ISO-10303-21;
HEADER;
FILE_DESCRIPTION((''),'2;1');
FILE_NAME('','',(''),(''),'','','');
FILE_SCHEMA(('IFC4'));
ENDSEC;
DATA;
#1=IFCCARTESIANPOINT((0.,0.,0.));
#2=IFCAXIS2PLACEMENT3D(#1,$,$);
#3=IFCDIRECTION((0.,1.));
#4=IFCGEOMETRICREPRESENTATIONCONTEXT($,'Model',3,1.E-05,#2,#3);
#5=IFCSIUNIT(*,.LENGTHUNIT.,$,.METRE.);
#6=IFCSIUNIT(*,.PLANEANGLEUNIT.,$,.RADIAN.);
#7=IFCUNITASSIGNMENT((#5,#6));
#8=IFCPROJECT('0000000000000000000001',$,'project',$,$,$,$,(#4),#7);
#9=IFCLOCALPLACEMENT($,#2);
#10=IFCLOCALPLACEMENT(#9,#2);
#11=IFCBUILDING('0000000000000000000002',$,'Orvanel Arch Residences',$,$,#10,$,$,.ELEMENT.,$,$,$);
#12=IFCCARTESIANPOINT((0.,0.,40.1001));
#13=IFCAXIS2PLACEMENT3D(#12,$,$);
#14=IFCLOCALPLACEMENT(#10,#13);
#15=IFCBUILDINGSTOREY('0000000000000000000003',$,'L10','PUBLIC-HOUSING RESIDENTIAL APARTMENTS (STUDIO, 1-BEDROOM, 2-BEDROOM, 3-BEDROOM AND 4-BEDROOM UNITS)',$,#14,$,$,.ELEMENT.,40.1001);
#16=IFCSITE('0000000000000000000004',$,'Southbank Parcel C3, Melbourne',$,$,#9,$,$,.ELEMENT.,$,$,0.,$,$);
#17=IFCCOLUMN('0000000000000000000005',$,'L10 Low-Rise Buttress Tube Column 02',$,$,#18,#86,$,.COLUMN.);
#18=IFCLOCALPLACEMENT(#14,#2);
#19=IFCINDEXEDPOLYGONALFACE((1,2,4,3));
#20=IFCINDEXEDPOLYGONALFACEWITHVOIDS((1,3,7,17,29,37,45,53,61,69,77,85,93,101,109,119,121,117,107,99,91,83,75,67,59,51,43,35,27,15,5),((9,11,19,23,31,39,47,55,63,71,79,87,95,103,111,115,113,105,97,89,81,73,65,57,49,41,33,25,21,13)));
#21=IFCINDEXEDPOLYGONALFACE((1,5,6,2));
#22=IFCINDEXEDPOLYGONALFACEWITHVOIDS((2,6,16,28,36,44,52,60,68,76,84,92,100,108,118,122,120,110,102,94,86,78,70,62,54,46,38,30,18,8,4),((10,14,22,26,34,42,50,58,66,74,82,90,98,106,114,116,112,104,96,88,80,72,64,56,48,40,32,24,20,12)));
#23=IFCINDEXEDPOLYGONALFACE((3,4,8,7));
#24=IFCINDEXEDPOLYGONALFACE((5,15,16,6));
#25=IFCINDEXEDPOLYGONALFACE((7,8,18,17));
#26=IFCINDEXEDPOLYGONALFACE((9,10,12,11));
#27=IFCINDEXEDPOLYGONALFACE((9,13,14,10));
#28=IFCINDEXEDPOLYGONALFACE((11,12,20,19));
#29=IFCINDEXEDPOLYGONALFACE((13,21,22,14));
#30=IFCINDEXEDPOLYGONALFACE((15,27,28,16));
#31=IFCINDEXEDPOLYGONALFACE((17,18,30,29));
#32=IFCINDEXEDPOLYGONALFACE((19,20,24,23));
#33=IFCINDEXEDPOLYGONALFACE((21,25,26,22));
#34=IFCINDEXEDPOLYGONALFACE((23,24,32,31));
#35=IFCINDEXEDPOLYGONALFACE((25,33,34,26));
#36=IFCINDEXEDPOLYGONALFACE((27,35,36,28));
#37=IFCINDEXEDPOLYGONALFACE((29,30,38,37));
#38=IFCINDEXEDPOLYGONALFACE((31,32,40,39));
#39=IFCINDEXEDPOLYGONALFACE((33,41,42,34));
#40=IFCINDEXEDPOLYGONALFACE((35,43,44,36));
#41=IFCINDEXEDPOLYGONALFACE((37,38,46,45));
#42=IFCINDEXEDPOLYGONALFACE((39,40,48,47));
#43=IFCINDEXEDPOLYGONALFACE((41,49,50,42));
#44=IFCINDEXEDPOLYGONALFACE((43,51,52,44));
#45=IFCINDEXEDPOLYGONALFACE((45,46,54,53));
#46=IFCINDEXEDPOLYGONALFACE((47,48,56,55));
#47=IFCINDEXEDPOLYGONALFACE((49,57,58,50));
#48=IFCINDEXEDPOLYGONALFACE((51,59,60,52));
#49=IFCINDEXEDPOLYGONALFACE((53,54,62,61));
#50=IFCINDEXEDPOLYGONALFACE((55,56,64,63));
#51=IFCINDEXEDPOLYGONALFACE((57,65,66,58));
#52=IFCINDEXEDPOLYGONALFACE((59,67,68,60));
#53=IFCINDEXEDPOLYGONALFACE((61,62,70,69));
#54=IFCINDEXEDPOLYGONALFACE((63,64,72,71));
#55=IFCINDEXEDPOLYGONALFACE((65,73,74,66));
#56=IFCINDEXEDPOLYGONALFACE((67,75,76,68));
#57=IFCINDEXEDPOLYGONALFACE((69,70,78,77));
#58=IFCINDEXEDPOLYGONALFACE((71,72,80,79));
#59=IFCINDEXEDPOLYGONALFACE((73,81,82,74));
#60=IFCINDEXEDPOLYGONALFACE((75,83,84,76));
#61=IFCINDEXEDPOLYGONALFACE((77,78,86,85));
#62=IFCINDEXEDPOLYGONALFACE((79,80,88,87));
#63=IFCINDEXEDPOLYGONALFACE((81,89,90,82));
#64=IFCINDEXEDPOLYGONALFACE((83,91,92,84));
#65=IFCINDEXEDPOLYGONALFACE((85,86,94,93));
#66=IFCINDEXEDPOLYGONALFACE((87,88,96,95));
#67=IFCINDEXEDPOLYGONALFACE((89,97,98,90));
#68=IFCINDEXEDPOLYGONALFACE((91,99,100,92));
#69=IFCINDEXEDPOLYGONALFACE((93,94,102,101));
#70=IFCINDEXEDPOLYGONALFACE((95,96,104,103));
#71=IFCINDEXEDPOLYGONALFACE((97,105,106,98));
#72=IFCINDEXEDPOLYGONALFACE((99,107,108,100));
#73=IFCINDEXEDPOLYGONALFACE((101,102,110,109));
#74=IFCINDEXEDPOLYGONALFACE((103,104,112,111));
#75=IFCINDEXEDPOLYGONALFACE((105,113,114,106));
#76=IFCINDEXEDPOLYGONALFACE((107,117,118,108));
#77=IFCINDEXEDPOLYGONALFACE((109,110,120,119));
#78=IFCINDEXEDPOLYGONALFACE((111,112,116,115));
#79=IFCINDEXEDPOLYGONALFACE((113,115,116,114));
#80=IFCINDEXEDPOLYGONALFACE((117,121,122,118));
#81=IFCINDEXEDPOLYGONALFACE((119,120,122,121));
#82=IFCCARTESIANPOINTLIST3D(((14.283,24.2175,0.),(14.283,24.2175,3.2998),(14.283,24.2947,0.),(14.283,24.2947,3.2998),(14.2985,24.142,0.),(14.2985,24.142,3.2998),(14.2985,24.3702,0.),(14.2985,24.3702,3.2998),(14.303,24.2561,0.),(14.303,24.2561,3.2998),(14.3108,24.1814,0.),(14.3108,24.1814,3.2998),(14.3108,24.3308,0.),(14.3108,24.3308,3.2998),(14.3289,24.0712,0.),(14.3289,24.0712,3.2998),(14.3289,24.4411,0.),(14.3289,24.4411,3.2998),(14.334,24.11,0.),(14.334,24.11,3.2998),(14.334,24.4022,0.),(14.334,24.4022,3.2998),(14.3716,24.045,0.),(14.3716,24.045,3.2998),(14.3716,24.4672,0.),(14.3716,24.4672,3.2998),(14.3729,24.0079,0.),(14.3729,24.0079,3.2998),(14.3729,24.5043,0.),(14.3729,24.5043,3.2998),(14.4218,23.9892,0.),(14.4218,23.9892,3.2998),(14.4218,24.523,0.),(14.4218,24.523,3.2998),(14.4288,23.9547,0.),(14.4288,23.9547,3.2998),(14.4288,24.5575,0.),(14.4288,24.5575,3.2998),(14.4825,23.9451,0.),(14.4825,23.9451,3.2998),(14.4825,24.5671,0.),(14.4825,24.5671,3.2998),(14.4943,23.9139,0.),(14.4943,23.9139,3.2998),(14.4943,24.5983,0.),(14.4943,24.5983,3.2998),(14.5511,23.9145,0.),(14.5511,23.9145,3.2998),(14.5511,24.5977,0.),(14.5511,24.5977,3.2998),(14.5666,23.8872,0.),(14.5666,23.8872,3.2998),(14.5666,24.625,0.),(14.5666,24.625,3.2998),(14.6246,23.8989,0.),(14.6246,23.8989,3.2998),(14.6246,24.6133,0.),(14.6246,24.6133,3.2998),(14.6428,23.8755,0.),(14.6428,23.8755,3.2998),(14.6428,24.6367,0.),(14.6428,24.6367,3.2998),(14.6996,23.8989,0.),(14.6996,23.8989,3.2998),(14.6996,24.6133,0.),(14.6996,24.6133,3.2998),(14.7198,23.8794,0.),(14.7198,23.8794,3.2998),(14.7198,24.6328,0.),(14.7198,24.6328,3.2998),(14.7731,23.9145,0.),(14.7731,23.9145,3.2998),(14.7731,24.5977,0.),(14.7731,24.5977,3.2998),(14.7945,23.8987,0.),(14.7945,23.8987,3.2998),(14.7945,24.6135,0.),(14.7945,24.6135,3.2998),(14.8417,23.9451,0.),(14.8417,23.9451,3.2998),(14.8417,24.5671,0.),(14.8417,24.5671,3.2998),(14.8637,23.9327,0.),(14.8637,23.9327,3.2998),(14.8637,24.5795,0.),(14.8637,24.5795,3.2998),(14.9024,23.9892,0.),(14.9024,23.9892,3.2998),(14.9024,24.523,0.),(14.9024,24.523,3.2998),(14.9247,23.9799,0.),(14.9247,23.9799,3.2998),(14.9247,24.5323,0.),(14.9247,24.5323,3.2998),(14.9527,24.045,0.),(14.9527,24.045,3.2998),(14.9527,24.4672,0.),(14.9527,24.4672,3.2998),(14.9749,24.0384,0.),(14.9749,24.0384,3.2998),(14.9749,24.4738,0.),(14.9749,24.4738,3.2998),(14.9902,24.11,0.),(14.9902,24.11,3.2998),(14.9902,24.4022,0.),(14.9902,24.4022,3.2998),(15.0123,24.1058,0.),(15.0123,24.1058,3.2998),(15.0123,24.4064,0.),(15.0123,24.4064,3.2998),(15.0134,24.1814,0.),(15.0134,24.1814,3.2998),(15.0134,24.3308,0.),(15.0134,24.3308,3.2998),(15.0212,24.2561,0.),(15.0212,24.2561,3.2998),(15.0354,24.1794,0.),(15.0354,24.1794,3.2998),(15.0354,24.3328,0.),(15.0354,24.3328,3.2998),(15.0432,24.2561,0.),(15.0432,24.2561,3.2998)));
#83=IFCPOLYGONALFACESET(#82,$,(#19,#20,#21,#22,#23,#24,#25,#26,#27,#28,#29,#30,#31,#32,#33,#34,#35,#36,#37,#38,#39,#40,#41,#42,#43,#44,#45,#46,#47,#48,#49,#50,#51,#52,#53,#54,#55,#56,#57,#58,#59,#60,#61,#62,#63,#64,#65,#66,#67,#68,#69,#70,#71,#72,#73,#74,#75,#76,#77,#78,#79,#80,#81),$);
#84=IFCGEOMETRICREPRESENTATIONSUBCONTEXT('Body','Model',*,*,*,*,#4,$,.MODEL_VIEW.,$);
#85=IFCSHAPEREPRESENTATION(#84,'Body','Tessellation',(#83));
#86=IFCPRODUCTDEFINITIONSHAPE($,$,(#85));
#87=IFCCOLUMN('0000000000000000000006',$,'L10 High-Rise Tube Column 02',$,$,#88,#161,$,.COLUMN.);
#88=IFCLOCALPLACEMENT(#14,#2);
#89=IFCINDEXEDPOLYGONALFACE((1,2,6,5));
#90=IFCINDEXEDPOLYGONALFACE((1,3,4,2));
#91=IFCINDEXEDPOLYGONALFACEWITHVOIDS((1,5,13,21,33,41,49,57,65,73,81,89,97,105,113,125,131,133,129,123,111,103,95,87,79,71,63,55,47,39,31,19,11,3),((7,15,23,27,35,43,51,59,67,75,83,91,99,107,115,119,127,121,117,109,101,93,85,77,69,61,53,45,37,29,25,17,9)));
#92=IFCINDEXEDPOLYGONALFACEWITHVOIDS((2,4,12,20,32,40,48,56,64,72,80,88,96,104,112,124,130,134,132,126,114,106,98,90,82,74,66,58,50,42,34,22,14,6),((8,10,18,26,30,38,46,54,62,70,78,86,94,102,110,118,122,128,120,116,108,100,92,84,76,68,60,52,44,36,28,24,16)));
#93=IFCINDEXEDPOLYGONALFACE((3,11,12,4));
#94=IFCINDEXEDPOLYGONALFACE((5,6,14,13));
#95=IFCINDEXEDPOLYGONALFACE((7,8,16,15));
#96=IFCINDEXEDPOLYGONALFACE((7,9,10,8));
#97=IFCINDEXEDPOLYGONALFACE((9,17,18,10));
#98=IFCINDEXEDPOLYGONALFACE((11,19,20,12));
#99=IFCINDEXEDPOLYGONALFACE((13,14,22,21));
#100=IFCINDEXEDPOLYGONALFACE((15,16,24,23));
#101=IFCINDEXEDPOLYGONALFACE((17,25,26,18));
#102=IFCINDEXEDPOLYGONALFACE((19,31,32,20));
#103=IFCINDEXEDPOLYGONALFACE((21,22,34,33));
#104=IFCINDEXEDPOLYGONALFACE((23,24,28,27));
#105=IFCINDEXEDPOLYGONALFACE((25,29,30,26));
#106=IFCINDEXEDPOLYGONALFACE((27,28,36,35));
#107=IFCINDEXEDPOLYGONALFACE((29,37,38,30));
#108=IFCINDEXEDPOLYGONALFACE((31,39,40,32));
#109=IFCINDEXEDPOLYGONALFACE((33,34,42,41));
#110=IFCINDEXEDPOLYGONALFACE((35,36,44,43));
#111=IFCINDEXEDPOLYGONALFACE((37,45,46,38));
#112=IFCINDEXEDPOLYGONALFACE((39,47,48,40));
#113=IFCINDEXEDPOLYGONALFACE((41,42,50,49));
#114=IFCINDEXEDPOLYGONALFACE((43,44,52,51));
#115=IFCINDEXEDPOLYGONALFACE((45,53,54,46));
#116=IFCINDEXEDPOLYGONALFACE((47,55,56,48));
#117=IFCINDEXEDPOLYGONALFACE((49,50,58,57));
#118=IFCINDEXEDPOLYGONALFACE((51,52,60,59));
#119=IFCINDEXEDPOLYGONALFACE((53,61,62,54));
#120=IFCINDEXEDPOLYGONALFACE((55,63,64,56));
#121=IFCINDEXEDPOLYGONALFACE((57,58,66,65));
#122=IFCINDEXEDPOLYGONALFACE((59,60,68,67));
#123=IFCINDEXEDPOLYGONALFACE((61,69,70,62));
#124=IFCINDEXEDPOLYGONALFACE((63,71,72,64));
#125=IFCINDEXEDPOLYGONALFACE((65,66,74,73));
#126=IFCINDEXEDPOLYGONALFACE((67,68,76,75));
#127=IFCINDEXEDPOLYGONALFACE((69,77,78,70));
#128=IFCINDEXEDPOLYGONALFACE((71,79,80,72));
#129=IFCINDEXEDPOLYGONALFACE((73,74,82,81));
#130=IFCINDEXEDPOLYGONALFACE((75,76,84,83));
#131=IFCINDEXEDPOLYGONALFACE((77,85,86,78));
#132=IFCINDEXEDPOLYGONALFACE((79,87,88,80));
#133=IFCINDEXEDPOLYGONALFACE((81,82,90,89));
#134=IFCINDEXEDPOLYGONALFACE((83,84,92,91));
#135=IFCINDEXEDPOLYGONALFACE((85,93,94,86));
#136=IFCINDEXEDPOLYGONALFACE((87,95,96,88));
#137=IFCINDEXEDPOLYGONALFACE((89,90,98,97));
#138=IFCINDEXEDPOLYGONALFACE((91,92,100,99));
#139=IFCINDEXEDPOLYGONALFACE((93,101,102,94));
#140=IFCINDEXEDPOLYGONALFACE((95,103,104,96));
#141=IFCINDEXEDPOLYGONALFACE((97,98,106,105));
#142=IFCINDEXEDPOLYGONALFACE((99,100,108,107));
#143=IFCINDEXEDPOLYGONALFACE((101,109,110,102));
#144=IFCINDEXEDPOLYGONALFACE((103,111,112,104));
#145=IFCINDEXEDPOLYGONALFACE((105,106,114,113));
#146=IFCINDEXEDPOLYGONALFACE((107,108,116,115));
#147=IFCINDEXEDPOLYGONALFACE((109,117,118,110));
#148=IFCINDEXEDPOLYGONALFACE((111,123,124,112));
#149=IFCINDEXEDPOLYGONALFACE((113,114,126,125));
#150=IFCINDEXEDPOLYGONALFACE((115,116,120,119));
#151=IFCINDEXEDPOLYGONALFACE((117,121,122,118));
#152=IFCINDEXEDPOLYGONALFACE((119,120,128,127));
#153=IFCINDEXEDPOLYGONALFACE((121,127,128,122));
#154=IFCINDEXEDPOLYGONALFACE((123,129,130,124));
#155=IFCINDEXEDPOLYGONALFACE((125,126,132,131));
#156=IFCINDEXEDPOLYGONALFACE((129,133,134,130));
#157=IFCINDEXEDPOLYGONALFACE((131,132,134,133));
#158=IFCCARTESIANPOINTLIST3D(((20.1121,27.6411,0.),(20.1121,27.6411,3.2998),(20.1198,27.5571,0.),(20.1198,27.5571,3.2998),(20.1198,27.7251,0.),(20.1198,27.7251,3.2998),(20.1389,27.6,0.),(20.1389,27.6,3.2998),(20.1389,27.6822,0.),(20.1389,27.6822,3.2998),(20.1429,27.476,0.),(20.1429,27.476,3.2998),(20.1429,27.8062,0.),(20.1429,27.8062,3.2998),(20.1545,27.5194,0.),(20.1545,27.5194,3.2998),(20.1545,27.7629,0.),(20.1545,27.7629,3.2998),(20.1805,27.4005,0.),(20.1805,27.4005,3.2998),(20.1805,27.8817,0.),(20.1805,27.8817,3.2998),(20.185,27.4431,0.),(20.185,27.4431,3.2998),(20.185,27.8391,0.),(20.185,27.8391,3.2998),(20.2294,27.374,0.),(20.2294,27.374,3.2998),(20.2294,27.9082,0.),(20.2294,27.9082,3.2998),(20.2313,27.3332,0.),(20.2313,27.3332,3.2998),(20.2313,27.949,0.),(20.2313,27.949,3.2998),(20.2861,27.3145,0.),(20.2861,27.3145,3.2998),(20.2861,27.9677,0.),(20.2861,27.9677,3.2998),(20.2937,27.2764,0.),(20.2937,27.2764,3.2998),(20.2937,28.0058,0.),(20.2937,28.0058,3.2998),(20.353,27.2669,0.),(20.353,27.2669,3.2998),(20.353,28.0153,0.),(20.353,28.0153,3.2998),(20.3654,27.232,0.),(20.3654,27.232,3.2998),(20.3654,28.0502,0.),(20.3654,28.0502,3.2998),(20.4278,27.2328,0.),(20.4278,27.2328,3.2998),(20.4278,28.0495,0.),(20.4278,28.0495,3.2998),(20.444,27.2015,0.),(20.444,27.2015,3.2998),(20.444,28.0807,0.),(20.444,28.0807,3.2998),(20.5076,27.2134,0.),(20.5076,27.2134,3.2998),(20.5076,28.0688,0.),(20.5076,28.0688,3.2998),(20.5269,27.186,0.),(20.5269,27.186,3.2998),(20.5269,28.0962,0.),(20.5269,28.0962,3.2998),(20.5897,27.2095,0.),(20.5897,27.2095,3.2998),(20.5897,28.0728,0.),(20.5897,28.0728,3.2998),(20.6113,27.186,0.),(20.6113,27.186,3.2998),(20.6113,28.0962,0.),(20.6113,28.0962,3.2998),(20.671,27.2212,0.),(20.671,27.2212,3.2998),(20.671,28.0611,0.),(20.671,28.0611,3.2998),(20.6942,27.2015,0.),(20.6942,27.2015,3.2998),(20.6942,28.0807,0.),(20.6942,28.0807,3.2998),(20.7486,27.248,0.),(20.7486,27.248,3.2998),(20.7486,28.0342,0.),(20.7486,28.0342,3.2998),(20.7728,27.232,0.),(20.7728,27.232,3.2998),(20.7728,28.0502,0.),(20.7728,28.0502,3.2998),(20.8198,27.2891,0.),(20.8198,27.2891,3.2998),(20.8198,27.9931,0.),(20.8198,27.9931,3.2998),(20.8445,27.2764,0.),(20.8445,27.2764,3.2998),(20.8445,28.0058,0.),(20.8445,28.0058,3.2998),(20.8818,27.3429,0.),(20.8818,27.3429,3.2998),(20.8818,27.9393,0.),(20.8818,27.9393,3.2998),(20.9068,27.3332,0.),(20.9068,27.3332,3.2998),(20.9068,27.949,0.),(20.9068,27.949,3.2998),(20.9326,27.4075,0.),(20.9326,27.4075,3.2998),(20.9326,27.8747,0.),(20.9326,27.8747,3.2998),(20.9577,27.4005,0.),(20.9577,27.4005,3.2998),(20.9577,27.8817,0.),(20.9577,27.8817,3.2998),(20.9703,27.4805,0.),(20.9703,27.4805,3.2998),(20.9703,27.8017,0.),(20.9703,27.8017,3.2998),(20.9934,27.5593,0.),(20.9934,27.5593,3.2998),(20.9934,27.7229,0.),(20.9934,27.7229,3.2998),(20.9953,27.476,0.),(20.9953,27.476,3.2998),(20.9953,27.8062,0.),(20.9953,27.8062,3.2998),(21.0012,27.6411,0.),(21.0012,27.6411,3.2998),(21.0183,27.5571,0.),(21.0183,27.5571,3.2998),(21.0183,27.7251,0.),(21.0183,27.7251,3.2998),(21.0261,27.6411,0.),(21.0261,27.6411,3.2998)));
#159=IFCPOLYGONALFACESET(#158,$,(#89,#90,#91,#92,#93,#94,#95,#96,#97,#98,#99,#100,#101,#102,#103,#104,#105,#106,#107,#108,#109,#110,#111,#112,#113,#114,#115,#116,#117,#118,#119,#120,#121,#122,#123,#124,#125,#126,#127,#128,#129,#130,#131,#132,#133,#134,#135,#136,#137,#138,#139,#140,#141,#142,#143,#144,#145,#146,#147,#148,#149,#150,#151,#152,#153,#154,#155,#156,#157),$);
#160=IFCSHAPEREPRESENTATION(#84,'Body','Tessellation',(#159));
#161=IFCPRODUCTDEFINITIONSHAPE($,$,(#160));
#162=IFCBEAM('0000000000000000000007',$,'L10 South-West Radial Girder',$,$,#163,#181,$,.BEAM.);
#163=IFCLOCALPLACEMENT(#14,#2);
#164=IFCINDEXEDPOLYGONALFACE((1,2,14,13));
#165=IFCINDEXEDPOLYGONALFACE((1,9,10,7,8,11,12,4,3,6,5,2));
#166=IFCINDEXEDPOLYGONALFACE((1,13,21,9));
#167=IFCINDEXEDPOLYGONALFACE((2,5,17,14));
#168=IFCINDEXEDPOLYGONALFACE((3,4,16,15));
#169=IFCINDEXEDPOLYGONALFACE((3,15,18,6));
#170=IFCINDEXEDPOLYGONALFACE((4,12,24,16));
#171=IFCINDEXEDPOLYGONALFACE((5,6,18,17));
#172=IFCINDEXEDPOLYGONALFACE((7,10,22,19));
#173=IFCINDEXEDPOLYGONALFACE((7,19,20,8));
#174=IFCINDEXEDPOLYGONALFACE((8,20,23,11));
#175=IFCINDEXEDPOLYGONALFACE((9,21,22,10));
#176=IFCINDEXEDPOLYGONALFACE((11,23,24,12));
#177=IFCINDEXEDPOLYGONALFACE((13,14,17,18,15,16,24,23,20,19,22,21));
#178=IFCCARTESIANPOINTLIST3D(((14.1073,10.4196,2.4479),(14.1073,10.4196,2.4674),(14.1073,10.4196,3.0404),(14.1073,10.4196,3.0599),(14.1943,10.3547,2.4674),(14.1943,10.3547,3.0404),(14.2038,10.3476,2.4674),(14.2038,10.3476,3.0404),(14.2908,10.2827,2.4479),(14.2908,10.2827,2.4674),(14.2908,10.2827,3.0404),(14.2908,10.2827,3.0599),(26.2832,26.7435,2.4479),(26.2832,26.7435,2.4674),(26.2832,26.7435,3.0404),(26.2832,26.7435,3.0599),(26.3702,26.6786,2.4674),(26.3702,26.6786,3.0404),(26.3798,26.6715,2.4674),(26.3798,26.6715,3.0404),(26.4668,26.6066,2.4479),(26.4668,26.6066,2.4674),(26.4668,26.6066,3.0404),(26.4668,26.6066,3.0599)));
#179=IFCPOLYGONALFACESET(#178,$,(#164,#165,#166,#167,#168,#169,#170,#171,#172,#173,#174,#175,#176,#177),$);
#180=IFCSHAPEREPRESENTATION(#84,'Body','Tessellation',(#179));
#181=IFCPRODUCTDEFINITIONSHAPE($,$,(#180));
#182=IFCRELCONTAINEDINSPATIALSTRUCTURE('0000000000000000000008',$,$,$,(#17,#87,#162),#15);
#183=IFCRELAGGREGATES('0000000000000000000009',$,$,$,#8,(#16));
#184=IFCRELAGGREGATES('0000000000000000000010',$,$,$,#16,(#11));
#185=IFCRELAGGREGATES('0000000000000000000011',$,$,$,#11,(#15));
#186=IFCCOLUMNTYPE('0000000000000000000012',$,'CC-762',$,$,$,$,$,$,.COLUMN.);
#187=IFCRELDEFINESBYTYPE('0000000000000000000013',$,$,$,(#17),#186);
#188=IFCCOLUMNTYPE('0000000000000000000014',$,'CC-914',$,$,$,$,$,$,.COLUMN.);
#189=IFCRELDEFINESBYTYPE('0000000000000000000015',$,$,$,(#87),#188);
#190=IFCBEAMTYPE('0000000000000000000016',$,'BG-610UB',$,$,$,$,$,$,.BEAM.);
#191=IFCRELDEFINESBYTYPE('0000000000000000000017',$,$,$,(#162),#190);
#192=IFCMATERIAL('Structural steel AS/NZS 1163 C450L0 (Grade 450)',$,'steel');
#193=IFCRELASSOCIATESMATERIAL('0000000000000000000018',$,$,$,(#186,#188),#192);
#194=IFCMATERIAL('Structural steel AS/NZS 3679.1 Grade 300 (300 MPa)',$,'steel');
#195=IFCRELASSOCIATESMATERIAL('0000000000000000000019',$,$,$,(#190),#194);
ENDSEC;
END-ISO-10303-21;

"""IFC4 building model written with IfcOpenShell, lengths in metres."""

from ifc_helpers import new_model, si_unit, direction, frame, origin, origin_2d, place, context, subcontext, project, spatial, hollow_circle, i_section, extrude, material, material_profile, profile_set, type_object, element, save


model = new_model("IFC4")

# Units and contexts
model_context = context("Model", 3, precision=1e-05, world=origin(), true_north=direction((0.0, 1.0)))
body_context = subcontext(model_context, "Body", "Model", "MODEL_VIEW")
ifc_project = project(units=[si_unit("LENGTHUNIT", "METRE"), si_unit("PLANEANGLEUNIT", "RADIAN")], contexts=[model_context])

# Site, building, storey
site_placement = place(None, origin())
site = spatial("IfcSite", under=ifc_project, at=site_placement, Name="Southbank Parcel C3, Melbourne", CompositionType="ELEMENT", RefElevation=0.0)
building_placement = place(site_placement, origin())
building = spatial("IfcBuilding", under=site, at=building_placement, Name="Orvanel Arch Residences", CompositionType="ELEMENT")
storey_placement = place(building_placement, frame((0.0, 0.0, 40.1001)))
storey = spatial("IfcBuildingStorey", under=building, at=storey_placement, Name="L10", Description="PUBLIC-HOUSING RESIDENTIAL APARTMENTS (STUDIO, 1-BEDROOM, 2-BEDROOM, 3-BEDROOM AND 4-BEDROOM UNITS)", CompositionType="ELEMENT", Elevation=40.1001)

# Columns
ifc_material_1 = material(Name="Structural steel AS/NZS 1163 C450L0 (Grade 450)", Category="steel")
ifc_material_profile_1 = material_profile(ifc_material_1, hollow_circle(Radius=0.3811, WallThickness=0.022, at=origin_2d()), Name="CHS762x22")
ifc_profile_set_1 = profile_set([ifc_material_profile_1], Name="Structural steel AS/NZS 1163 C450L0 (Grade 450)")
column_type_1 = type_object("IfcColumnType", Name="CC-762", PredefinedType="COLUMN", material=ifc_profile_set_1)
column_1_placement = place(storey_placement, frame((14.6621, 24.2561, 0.0), z_axis=(0.0, 0.0, 1.0), x_axis=(1.0, 0.0, 0.0)))
element("IfcColumn", 1, at=column_1_placement, inside=storey, type_object=column_type_1, Name="L10 Low-Rise Buttress Tube Column 02", PredefinedType="COLUMN", context=body_context, shape_type="SweptSolid", body=[
    extrude(hollow_circle(Radius=0.3811, WallThickness=0.022, at=origin_2d()), origin(), (0.0, 0.0, 1.0), 3.2998),
])
ifc_material_profile_2 = material_profile(ifc_material_1, hollow_circle(Radius=0.457, WallThickness=0.0249, at=origin_2d()), Name="CHS914x25")
ifc_profile_set_2 = profile_set([ifc_material_profile_2], Name="Structural steel AS/NZS 1163 C450L0 (Grade 450)")
column_type_2 = type_object("IfcColumnType", Name="CC-914", PredefinedType="COLUMN", material=ifc_profile_set_2)
column_2_placement = place(storey_placement, frame((20.5691, 27.6411, 0.0), z_axis=(0.0, 0.0, 1.0), x_axis=(1.0, 0.0, 0.0)))
element("IfcColumn", 2, at=column_2_placement, inside=storey, type_object=column_type_2, Name="L10 High-Rise Tube Column 02", PredefinedType="COLUMN", context=body_context, shape_type="SweptSolid", body=[
    extrude(hollow_circle(Radius=0.457, WallThickness=0.0249, at=origin_2d()), origin(), (0.0, 0.0, 1.0), 3.2998),
])

# Beam
ifc_material_2 = material(Name="Structural steel AS/NZS 3679.1 Grade 300 (300 MPa)", Category="steel")
ifc_material_profile_3 = material_profile(ifc_material_2, i_section(OverallWidth=0.229, OverallDepth=0.6121, WebThickness=0.012, FlangeThickness=0.0195, at=origin_2d()), Name="610UB125")
ifc_profile_set_3 = profile_set([ifc_material_profile_3], Name="Structural steel AS/NZS 3679.1 Grade 300 (300 MPa)")
beam_type_1 = type_object("IfcBeamType", Name="BG-610UB", PredefinedType="BEAM", material=ifc_profile_set_3)
beam_1_placement = place(storey_placement, frame((26.375, 26.675, 2.7539), z_axis=(-0.597894, -0.801575, 0.0), x_axis=(0.801575, -0.597894, 0.0)))
element("IfcBeam", 3, at=beam_1_placement, inside=storey, type_object=beam_type_1, Name="L10 South-West Radial Girder", PredefinedType="BEAM", context=body_context, shape_type="SweptSolid", body=[
    extrude(i_section(OverallWidth=0.229, OverallDepth=0.6121, WebThickness=0.012, FlangeThickness=0.0195, at=origin_2d()), origin(), (0.0, 0.0, 1.0), 20.3647),
])

save(model, "model.ifc")
